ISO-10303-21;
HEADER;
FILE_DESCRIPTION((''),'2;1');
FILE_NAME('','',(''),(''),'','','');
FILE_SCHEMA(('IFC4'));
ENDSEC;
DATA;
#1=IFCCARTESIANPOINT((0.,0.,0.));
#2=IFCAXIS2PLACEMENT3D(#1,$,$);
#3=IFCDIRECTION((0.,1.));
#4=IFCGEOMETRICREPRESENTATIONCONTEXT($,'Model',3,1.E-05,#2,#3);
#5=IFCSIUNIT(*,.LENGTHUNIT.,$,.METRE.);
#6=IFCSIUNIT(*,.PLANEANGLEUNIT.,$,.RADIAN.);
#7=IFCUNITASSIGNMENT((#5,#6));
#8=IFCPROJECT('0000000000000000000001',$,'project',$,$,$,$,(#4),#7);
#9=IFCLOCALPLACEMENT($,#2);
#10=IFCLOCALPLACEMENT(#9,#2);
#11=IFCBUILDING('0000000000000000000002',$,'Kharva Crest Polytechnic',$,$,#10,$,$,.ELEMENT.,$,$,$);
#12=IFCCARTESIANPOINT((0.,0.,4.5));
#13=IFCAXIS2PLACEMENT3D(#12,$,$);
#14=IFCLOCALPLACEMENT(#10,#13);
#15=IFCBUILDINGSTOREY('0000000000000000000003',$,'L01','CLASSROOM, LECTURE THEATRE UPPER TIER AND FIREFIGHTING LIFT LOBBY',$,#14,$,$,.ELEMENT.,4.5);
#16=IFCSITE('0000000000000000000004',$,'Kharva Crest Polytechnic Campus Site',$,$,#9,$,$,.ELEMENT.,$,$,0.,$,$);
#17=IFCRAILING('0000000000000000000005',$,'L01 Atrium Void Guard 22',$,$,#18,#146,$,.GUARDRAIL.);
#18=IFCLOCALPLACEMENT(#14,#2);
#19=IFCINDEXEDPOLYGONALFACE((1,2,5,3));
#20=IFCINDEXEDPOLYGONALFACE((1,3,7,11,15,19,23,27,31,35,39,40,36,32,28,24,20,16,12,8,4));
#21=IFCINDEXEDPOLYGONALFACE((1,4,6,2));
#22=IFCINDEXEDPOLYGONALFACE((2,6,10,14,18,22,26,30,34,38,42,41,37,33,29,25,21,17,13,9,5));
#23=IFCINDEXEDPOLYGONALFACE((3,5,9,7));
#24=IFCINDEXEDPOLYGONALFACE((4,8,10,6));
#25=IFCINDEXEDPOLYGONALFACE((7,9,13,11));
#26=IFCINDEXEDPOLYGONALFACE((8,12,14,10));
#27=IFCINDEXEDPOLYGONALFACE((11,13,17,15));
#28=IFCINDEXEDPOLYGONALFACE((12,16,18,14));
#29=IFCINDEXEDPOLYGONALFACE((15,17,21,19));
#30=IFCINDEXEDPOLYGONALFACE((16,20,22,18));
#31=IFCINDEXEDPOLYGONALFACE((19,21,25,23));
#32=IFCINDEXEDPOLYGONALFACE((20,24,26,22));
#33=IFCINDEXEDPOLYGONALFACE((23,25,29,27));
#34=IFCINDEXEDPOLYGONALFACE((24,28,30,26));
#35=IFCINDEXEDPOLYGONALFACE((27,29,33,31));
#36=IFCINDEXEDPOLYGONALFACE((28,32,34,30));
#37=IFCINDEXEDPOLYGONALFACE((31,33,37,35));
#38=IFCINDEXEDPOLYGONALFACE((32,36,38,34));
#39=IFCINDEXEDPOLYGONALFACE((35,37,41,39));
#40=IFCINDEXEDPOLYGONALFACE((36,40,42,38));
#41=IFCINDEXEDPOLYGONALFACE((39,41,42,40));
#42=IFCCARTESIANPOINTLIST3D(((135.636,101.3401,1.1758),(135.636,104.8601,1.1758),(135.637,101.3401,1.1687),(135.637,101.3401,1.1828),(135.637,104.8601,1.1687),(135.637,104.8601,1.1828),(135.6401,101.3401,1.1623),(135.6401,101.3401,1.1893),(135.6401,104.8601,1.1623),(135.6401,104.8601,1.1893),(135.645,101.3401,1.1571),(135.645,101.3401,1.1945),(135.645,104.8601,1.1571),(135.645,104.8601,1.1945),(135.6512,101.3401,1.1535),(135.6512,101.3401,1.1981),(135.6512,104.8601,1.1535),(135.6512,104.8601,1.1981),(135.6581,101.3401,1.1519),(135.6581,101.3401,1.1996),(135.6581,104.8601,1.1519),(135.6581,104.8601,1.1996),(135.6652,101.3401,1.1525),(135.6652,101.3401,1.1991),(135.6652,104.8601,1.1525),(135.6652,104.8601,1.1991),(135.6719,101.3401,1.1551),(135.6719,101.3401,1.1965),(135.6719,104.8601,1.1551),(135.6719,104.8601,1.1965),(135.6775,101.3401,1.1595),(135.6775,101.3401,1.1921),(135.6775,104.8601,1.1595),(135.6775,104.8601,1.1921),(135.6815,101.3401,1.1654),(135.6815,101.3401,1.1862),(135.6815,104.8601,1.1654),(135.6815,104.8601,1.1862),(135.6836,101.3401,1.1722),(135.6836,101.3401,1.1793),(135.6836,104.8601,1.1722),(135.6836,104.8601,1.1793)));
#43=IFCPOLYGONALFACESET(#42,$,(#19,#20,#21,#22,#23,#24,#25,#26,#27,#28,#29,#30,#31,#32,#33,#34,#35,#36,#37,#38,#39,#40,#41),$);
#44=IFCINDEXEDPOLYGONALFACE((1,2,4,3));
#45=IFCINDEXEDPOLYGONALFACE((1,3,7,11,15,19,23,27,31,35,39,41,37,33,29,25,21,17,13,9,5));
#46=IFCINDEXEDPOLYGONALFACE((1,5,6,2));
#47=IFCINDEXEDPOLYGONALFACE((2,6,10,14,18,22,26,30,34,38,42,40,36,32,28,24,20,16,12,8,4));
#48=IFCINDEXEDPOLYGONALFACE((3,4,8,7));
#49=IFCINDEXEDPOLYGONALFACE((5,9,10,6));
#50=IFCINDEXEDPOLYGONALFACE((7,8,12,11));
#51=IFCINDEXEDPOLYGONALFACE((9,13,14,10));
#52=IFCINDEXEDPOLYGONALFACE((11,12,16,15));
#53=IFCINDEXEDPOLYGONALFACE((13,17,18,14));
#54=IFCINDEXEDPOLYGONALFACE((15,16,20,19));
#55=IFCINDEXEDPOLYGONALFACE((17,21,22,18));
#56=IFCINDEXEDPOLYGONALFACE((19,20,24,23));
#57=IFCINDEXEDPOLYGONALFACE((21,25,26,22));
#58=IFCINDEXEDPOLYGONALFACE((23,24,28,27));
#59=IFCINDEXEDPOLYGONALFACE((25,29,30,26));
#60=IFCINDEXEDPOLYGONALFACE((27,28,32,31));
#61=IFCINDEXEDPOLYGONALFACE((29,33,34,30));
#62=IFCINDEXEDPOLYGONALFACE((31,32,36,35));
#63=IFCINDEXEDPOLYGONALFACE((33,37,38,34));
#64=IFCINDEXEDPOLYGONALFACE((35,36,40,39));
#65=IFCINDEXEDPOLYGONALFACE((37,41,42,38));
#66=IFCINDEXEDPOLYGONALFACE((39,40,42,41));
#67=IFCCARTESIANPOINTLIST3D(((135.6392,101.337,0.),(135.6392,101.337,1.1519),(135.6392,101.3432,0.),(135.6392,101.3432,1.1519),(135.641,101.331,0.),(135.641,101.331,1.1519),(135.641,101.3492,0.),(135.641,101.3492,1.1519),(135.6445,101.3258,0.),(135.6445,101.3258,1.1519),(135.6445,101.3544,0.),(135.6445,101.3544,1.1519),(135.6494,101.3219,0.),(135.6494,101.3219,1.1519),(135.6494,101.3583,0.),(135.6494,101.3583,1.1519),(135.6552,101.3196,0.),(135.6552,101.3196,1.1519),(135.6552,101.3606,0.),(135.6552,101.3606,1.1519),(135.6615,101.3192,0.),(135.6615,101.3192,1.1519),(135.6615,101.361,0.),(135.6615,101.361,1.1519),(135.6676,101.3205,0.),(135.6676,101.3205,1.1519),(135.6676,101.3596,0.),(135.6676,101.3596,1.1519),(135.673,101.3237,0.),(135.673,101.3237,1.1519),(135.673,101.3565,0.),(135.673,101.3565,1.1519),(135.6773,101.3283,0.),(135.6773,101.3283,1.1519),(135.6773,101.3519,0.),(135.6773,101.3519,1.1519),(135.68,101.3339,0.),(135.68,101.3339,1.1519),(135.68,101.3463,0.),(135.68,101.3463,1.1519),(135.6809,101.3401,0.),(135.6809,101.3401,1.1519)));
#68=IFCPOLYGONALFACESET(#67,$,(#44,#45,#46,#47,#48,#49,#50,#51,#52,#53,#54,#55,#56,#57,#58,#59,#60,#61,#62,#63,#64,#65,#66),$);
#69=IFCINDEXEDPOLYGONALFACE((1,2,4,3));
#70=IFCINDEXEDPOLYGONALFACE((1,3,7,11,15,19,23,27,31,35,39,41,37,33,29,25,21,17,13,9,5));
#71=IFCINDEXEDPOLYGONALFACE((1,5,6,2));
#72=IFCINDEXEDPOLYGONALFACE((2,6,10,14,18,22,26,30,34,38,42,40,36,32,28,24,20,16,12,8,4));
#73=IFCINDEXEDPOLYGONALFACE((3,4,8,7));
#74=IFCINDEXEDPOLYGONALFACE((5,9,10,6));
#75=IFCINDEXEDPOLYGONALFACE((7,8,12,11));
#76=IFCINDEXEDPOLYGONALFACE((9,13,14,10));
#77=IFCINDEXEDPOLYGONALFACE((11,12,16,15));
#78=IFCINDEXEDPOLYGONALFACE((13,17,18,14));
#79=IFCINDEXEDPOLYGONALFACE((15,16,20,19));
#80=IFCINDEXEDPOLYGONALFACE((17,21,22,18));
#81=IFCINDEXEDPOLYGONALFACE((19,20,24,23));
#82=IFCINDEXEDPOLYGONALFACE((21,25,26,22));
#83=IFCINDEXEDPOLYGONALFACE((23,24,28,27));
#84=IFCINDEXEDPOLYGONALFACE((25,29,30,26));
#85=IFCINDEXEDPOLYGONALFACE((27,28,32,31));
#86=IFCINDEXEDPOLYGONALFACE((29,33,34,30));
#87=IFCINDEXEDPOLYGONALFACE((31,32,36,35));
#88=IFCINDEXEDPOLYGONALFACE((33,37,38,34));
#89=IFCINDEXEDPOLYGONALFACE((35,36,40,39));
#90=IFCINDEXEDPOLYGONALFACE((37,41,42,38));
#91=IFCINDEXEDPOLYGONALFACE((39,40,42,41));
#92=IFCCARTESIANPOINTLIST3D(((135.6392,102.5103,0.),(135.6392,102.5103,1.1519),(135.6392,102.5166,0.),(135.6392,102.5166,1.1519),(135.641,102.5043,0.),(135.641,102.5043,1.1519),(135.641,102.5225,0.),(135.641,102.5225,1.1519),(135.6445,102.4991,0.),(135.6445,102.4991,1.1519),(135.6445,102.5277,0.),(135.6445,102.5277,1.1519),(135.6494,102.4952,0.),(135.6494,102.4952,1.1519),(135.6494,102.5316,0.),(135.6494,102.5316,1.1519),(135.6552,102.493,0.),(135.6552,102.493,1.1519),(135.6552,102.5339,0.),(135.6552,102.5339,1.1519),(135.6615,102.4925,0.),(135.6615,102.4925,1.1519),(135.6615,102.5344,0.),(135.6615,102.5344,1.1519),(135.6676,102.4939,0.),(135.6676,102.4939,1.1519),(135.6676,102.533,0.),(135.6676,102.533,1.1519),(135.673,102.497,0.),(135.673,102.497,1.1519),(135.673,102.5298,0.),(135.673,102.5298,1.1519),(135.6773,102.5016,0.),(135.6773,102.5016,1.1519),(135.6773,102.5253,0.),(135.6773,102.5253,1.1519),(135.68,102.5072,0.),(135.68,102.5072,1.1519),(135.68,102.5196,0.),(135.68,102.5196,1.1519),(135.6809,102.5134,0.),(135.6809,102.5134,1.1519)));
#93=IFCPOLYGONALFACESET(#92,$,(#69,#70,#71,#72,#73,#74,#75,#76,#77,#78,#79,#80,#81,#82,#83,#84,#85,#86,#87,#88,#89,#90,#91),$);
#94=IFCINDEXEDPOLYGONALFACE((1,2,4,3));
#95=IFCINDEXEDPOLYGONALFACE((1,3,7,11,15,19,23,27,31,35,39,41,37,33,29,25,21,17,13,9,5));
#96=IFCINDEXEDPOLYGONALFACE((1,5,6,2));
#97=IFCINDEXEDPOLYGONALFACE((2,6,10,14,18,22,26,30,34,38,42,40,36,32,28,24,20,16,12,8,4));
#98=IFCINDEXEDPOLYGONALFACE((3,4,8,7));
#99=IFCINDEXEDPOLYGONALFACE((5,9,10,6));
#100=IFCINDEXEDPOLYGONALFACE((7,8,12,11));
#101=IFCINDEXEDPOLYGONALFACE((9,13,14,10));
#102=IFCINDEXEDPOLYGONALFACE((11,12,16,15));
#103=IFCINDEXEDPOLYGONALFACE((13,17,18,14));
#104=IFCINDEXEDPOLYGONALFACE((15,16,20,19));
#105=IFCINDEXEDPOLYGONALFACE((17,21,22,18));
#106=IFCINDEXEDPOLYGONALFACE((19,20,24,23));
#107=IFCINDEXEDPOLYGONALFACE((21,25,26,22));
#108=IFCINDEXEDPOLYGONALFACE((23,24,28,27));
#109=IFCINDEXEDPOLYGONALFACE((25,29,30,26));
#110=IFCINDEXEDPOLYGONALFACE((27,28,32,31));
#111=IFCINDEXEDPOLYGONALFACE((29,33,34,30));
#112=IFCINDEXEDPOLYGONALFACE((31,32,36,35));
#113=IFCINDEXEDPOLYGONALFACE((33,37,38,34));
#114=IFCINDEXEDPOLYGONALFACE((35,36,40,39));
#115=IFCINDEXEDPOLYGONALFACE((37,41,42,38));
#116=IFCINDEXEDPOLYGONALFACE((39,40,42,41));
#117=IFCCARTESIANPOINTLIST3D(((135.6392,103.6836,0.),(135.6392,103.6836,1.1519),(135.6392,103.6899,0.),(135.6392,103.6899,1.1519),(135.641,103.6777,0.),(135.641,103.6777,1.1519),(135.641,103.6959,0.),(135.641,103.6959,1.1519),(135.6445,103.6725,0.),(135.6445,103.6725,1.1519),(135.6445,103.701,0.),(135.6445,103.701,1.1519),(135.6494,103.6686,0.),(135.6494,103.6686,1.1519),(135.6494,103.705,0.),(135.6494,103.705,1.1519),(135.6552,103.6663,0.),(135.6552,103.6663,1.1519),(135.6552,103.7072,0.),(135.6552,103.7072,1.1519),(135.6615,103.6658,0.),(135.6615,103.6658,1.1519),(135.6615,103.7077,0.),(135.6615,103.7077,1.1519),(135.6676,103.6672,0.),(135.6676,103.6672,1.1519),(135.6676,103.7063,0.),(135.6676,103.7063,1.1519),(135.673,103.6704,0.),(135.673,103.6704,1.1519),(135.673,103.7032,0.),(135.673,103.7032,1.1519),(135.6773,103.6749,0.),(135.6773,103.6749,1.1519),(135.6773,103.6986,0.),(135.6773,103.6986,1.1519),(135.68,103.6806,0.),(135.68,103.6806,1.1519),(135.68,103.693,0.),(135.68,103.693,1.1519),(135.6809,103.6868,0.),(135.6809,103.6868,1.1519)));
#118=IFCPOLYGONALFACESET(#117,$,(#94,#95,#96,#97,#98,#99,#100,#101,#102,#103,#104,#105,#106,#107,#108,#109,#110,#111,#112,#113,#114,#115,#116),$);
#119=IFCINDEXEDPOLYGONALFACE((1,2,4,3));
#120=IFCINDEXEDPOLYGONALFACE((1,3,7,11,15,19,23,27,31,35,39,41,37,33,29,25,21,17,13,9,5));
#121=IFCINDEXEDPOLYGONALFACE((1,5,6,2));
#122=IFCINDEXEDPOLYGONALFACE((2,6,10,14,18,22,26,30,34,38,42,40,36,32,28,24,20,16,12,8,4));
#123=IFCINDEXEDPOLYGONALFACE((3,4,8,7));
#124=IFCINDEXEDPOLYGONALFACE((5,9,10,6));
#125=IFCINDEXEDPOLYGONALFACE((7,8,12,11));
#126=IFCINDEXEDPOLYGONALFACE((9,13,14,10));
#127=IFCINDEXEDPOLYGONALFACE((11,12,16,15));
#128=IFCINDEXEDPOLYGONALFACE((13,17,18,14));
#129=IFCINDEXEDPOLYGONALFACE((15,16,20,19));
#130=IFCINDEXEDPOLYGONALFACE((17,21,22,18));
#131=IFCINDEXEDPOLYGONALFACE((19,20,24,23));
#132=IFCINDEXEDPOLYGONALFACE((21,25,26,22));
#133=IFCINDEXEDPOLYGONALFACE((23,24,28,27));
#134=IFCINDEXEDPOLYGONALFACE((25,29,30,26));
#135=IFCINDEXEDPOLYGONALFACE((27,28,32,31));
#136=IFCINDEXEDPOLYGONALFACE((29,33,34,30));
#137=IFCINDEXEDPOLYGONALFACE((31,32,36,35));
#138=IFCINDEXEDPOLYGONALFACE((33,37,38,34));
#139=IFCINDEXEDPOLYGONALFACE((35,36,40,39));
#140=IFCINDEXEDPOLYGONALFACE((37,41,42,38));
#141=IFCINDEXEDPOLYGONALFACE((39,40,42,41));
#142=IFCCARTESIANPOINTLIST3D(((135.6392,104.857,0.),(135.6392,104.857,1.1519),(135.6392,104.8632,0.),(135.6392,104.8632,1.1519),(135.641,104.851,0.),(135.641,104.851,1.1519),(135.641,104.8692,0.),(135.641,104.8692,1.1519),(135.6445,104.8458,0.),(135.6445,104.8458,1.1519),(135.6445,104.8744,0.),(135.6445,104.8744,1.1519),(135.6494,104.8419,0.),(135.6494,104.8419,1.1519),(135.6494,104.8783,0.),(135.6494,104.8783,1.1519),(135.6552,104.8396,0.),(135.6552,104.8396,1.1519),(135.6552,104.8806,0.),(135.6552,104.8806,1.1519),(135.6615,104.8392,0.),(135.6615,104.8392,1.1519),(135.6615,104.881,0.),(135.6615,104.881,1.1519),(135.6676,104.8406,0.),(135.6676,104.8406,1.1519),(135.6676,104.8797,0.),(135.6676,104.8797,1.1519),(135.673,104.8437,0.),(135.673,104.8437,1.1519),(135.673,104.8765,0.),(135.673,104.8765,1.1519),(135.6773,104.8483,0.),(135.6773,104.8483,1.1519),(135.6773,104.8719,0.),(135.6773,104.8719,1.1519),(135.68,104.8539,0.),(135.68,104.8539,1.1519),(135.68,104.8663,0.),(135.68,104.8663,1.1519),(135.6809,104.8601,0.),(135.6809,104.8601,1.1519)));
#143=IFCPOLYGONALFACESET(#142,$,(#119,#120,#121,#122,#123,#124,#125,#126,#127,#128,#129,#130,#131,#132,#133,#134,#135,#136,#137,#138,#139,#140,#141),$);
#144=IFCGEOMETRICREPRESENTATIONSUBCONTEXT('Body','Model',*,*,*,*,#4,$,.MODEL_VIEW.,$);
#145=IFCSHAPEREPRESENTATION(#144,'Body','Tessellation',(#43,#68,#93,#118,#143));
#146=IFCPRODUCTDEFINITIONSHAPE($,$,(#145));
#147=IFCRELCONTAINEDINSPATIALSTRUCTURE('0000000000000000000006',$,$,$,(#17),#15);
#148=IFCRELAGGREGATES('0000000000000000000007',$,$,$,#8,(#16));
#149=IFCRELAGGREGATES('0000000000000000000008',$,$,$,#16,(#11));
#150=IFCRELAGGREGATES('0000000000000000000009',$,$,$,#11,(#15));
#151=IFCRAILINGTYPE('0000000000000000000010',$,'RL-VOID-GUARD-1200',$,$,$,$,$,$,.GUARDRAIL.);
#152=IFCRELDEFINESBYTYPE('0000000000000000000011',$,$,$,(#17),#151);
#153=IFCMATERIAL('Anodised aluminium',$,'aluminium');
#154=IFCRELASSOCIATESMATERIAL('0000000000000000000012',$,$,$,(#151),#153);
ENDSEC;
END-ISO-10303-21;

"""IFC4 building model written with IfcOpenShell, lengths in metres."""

from ifc_helpers import new_model, si_unit, direction, frame, origin, origin_2d, place, context, subcontext, project, spatial, circle, extrude, material, type_object, element, save


model = new_model("IFC4")

# Units and contexts
model_context = context("Model", 3, precision=1e-05, world=origin(), true_north=direction((0.0, 1.0)))
body_context = subcontext(model_context, "Body", "Model", "MODEL_VIEW")
ifc_project = project(units=[si_unit("LENGTHUNIT", "METRE"), si_unit("PLANEANGLEUNIT", "RADIAN")], contexts=[model_context])

# Site, building, storey
site_placement = place(None, origin())
site = spatial("IfcSite", under=ifc_project, at=site_placement, Name="Kharva Crest Polytechnic Campus Site", CompositionType="ELEMENT", RefElevation=0.0)
building_placement = place(site_placement, origin())
building = spatial("IfcBuilding", under=site, at=building_placement, Name="Kharva Crest Polytechnic", CompositionType="ELEMENT")
storey_placement = place(building_placement, frame((0.0, 0.0, 4.5)))
storey = spatial("IfcBuildingStorey", under=building, at=storey_placement, Name="L01", Description="CLASSROOM, LECTURE THEATRE UPPER TIER AND FIREFIGHTING LIFT LOBBY", CompositionType="ELEMENT", Elevation=4.5)

# Shared definitions
ifc_material_1 = material(Name="Anodised aluminium", Category="aluminium")

# Railing
railing_type = type_object("IfcRailingType", Name="RL-VOID-GUARD-1200", PredefinedType="GUARDRAIL", material=ifc_material_1)
railing_placement = place(storey_placement, frame((135.6599, 101.3401, 0.0)))
element("IfcRailing", 1, at=railing_placement, inside=storey, type_object=railing_type, Name="L01 Atrium Void Guard 22", PredefinedType="GUARDRAIL", context=body_context, shape_type="SweptSolid", body=[
    extrude(circle(Radius=0.0239, at=origin_2d()), frame((0.0, 0.0, 1.1758), z_axis=(0.0, 1.0, 0.0), x_axis=(-1.0, 0.0, 0.0)), (0.0, 0.0, 1.0), 3.52),
    extrude(circle(Radius=0.021, at=origin_2d()), origin(), (0.0, 0.0, 1.0), 1.1519),
    extrude(circle(Radius=0.021, at=origin_2d()), frame((0.0, 1.1733, 0.0)), (0.0, 0.0, 1.0), 1.1519),
    extrude(circle(Radius=0.021, at=origin_2d()), frame((0.0, 2.3467, 0.0)), (0.0, 0.0, 1.0), 1.1519),
    extrude(circle(Radius=0.021, at=origin_2d()), frame((0.0, 3.52, 0.0)), (0.0, 0.0, 1.0), 1.1519),
])

save(model, "model.ifc")
